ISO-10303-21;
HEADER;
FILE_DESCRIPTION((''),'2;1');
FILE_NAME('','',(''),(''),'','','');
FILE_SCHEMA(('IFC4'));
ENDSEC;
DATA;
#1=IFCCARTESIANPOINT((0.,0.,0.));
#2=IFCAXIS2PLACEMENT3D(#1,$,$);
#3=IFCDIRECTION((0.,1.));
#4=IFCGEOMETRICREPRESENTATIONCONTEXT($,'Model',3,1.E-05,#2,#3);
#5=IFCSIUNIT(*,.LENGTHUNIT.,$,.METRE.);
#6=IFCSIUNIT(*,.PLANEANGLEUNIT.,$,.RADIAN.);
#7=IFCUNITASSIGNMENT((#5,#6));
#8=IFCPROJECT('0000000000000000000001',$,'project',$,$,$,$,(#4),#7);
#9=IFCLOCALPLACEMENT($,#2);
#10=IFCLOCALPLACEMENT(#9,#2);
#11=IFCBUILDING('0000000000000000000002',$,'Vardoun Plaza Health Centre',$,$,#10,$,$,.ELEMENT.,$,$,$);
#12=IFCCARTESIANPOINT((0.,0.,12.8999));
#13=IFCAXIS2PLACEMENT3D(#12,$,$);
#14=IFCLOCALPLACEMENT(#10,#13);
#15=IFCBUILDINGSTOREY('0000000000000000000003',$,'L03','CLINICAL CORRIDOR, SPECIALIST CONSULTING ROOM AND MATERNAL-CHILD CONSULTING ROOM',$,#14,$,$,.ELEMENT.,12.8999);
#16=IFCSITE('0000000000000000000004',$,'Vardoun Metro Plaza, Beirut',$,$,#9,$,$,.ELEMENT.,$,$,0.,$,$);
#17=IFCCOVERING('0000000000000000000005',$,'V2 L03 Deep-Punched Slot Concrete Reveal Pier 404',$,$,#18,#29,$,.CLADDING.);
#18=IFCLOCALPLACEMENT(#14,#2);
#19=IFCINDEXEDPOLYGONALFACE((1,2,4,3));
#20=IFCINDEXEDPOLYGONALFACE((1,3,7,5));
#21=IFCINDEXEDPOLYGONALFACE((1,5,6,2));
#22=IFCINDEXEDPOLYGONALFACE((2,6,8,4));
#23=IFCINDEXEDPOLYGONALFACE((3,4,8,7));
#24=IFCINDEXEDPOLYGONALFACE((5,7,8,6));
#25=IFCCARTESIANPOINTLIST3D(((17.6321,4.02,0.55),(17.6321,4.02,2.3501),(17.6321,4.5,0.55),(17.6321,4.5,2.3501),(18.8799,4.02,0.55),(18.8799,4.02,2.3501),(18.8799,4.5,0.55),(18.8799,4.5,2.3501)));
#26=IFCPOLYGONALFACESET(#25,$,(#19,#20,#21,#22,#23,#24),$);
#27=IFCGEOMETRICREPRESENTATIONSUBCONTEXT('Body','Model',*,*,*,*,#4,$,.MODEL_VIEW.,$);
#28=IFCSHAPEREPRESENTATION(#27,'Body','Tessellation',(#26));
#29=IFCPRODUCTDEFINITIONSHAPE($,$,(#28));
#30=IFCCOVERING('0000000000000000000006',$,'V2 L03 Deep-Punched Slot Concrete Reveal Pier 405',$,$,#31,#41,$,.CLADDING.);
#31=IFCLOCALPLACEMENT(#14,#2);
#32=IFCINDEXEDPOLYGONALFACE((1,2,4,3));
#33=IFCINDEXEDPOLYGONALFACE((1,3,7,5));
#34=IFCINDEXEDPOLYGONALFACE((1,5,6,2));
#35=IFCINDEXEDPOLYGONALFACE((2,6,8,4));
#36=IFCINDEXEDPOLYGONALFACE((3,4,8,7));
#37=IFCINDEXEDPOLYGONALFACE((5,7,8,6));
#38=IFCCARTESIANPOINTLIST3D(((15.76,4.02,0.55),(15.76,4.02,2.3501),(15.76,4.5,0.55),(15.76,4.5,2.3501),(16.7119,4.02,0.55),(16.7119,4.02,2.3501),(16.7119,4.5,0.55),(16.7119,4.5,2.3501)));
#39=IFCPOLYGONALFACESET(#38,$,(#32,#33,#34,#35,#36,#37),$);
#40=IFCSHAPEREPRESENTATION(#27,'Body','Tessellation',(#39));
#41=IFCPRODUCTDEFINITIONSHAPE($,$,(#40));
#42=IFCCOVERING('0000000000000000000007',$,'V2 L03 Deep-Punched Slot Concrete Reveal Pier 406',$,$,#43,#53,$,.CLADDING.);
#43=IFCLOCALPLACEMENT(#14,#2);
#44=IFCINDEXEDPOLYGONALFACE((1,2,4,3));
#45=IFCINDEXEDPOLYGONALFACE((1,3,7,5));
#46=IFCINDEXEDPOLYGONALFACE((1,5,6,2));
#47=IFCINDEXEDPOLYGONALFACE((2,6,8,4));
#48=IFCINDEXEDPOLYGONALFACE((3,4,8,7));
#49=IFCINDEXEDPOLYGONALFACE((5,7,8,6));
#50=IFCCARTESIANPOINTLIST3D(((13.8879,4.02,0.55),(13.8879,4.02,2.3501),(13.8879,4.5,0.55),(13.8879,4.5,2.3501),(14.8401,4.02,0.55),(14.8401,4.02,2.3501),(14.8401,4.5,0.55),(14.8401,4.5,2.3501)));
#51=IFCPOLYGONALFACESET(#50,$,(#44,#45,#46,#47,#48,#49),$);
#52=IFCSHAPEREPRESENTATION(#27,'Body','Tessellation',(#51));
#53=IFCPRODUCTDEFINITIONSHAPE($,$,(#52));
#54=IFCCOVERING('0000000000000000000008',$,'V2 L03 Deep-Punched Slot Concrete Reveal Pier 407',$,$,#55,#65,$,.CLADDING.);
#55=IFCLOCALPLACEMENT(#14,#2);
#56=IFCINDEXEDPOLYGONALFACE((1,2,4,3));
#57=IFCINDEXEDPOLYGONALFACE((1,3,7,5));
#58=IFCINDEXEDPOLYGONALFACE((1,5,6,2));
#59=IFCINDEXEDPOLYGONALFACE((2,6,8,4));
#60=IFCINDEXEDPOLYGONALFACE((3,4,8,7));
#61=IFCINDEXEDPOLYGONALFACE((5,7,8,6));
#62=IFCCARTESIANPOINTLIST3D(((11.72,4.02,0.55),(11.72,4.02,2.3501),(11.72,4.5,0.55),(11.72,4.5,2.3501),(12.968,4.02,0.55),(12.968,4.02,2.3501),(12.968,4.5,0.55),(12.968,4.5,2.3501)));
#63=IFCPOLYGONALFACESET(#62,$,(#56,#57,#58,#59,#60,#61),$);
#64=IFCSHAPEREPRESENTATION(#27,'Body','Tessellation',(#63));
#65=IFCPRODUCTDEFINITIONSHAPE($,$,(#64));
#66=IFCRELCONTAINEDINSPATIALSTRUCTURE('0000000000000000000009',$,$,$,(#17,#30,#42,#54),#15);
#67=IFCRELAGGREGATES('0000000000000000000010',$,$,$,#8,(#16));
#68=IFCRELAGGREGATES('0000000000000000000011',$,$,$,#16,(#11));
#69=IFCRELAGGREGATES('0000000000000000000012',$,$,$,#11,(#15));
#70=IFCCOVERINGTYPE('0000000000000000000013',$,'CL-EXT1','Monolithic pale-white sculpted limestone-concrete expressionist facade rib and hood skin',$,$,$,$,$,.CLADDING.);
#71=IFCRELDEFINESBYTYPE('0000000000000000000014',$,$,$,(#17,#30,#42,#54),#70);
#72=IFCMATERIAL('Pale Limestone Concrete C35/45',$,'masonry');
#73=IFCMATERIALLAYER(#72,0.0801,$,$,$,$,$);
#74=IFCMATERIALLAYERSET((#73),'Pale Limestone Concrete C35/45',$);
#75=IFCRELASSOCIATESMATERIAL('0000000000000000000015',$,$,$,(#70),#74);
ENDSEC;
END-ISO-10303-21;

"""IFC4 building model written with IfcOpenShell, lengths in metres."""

from ifc_helpers import new_model, si_unit, direction, frame, origin, place, context, subcontext, project, spatial, polyline, outline, extrude, material, layer, layer_set, type_object, element, save


model = new_model("IFC4")

# Units and contexts
model_context = context("Model", 3, precision=1e-05, world=origin(), true_north=direction((0.0, 1.0)))
body_context = subcontext(model_context, "Body", "Model", "MODEL_VIEW")
ifc_project = project(units=[si_unit("LENGTHUNIT", "METRE"), si_unit("PLANEANGLEUNIT", "RADIAN")], contexts=[model_context])

# Site, building, storey
site_placement = place(None, origin())
site = spatial("IfcSite", under=ifc_project, at=site_placement, Name="Vardoun Metro Plaza, Beirut", CompositionType="ELEMENT", RefElevation=0.0)
building_placement = place(site_placement, origin())
building = spatial("IfcBuilding", under=site, at=building_placement, Name="Vardoun Plaza Health Centre", CompositionType="ELEMENT")
storey_placement = place(building_placement, frame((0.0, 0.0, 12.8999)))
storey = spatial("IfcBuildingStorey", under=building, at=storey_placement, Name="L03", Description="CLINICAL CORRIDOR, SPECIALIST CONSULTING ROOM AND MATERNAL-CHILD CONSULTING ROOM", CompositionType="ELEMENT", Elevation=12.8999)

# Coverings
ifc_material = material(Name="Pale Limestone Concrete C35/45", Category="masonry")
ifc_layer = layer(ifc_material, 0.0801)
ifc_layer_set = layer_set([ifc_layer], Name="Pale Limestone Concrete C35/45")
covering_type = type_object("IfcCoveringType", Name="CL-EXT1", Description="Monolithic pale-white sculpted limestone-concrete expressionist facade rib and hood skin", PredefinedType="CLADDING", material=ifc_layer_set)
covering_1_placement = place(storey_placement, frame((0.0, 0.0, 0.55)))
element("IfcCovering", 1, at=covering_1_placement, inside=storey, type_object=covering_type, Name="V2 L03 Deep-Punched Slot Concrete Reveal Pier 404", PredefinedType="CLADDING", context=body_context, shape_type="SweptSolid", body=[
    extrude(outline(polyline([(18.8799, 4.5), (17.6321, 4.5), (17.6321, 4.02), (18.8799, 4.02), (18.8799, 4.5)])), origin(), (0.0, 0.0, 1.0), 1.8),
])
covering_2_placement = place(storey_placement, frame((0.0, 0.0, 0.55)))
element("IfcCovering", 2, at=covering_2_placement, inside=storey, type_object=covering_type, Name="V2 L03 Deep-Punched Slot Concrete Reveal Pier 405", PredefinedType="CLADDING", context=body_context, shape_type="SweptSolid", body=[
    extrude(outline(polyline([(16.7119, 4.5), (15.76, 4.5), (15.76, 4.02), (16.7119, 4.02), (16.7119, 4.5)])), origin(), (0.0, 0.0, 1.0), 1.8),
])
covering_3_placement = place(storey_placement, frame((0.0, 0.0, 0.55)))
element("IfcCovering", 3, at=covering_3_placement, inside=storey, type_object=covering_type, Name="V2 L03 Deep-Punched Slot Concrete Reveal Pier 406", PredefinedType="CLADDING", context=body_context, shape_type="SweptSolid", body=[
    extrude(outline(polyline([(14.8401, 4.5), (13.8879, 4.5), (13.8879, 4.02), (14.8401, 4.02), (14.8401, 4.5)])), origin(), (0.0, 0.0, 1.0), 1.8),
])
covering_4_placement = place(storey_placement, frame((0.0, 0.0, 0.55)))
element("IfcCovering", 4, at=covering_4_placement, inside=storey, type_object=covering_type, Name="V2 L03 Deep-Punched Slot Concrete Reveal Pier 407", PredefinedType="CLADDING", context=body_context, shape_type="SweptSolid", body=[
    extrude(outline(polyline([(12.968, 4.5), (11.72, 4.5), (11.72, 4.02), (12.968, 4.02), (12.968, 4.5)])), origin(), (0.0, 0.0, 1.0), 1.8),
])

save(model, "model.ifc")
